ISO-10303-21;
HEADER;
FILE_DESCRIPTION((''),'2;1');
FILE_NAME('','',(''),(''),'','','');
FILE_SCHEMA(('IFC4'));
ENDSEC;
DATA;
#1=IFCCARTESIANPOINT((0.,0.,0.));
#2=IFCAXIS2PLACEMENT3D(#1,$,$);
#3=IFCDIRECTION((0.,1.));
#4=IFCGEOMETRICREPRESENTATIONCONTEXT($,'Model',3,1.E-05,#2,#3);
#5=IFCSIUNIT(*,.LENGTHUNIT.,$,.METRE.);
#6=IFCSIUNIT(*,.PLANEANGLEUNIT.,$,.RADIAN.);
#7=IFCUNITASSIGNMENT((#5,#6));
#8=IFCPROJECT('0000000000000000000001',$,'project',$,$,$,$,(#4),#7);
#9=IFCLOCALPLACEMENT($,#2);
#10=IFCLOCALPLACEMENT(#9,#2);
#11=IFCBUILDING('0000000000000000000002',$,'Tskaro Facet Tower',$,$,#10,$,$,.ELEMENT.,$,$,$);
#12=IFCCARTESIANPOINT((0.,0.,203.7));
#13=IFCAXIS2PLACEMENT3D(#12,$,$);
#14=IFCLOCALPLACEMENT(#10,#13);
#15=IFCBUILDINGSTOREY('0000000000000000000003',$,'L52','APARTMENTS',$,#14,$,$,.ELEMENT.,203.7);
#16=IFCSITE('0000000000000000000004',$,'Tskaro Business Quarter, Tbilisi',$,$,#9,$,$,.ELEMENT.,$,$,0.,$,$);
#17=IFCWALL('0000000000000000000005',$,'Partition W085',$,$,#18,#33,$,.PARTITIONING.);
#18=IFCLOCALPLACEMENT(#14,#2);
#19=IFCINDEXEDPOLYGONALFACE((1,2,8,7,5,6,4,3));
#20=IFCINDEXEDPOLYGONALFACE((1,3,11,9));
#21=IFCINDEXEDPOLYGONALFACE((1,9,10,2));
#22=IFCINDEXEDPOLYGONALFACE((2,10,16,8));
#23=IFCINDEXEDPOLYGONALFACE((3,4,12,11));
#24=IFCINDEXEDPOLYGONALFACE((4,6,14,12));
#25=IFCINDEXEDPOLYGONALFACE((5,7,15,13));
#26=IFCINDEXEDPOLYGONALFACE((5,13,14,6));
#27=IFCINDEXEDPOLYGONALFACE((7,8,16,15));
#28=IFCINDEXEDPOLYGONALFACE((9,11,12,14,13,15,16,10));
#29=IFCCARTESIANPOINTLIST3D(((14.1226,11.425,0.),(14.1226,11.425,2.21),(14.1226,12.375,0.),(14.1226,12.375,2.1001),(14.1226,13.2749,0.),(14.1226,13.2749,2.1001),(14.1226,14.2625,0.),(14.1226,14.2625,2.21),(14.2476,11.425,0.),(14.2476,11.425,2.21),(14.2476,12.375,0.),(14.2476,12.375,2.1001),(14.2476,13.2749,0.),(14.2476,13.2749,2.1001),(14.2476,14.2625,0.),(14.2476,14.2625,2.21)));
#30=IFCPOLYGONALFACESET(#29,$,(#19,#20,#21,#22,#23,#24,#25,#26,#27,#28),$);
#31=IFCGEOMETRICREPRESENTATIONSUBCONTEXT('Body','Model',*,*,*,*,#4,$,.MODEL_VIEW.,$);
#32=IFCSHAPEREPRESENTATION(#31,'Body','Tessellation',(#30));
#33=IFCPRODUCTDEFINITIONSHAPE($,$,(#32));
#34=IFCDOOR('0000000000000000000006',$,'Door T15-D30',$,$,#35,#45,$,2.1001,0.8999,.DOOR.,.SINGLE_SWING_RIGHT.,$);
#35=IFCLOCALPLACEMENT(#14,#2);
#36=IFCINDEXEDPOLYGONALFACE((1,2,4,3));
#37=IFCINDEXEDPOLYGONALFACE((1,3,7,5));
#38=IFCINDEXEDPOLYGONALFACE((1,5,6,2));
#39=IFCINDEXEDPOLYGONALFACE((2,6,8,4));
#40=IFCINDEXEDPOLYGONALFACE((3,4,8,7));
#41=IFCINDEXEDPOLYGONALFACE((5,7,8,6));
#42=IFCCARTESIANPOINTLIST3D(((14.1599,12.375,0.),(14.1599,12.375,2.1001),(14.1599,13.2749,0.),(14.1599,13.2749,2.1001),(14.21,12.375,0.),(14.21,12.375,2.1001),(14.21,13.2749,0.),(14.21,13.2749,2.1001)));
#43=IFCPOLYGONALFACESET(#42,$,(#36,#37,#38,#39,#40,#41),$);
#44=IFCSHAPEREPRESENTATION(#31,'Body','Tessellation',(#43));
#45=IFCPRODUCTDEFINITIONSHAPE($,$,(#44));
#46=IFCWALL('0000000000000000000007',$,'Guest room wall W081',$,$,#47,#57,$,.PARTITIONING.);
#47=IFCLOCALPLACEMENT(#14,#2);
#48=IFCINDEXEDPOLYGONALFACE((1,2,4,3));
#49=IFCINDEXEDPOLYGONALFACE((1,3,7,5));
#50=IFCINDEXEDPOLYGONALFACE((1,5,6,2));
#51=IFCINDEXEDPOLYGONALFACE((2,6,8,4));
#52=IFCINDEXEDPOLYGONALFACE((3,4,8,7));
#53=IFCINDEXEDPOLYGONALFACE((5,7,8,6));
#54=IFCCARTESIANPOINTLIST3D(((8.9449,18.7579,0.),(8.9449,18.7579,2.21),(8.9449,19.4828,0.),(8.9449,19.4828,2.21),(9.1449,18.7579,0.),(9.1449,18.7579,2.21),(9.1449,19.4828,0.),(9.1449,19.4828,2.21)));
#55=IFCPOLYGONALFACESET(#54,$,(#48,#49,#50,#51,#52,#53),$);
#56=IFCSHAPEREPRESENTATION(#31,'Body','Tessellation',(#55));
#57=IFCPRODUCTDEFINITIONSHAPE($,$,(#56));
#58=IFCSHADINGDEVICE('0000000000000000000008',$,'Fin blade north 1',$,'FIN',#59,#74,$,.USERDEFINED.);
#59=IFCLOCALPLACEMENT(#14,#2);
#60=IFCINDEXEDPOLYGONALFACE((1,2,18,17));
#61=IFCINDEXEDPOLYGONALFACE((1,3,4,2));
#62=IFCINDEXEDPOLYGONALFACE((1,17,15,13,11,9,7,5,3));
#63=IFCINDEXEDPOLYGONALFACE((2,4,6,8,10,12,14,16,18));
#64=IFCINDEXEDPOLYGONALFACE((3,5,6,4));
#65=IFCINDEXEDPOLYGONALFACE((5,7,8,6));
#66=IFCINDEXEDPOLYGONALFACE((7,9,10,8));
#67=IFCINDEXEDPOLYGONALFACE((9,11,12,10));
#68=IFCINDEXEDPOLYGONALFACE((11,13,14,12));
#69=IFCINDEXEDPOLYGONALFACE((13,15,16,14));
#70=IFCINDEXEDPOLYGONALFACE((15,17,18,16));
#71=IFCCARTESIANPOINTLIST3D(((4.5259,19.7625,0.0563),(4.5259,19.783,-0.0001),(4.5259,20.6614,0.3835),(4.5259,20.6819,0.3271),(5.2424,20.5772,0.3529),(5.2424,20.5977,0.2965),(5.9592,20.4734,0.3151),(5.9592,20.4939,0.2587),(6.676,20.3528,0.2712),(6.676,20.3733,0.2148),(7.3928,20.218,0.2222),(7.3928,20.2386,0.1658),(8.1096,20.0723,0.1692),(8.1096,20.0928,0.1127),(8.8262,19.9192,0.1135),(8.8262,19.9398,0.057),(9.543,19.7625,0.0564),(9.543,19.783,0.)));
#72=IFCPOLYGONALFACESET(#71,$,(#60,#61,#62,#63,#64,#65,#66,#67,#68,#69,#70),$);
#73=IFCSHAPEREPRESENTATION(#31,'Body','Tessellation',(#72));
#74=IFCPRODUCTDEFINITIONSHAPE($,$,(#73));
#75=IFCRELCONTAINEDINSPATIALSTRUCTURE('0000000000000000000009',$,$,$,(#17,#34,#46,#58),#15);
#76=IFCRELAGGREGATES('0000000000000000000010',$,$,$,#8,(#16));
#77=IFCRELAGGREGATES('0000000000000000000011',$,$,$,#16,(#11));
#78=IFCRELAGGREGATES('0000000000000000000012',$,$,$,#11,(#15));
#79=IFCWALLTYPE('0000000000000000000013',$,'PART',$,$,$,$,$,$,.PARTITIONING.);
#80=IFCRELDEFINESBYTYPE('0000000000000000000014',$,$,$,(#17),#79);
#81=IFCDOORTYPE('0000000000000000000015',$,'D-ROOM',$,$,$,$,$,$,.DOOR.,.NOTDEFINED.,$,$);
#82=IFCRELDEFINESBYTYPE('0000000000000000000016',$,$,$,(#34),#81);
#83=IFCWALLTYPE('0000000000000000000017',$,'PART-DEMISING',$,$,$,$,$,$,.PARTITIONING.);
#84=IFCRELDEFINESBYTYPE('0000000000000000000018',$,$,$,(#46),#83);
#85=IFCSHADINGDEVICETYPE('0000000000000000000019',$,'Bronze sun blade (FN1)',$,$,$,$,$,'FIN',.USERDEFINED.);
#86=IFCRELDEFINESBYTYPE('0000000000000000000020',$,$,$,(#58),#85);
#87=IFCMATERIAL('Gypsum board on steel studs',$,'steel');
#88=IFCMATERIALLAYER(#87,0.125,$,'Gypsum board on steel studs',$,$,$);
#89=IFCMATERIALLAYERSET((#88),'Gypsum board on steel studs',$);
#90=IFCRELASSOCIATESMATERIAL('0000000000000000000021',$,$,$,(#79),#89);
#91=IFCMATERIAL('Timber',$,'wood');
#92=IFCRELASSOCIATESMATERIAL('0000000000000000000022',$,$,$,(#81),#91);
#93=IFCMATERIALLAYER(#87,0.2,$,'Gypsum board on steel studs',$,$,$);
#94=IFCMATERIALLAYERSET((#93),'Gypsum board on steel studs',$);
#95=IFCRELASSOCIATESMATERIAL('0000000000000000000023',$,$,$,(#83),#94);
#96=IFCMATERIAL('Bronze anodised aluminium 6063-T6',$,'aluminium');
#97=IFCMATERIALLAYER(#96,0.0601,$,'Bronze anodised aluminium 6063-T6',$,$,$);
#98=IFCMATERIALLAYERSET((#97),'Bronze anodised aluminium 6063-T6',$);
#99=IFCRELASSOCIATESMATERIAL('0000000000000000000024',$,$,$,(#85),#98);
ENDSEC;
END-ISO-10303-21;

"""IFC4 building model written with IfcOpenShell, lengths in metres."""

from ifc_helpers import new_model, si_unit, direction, frame, frame_2d, origin, place, context, subcontext, project, spatial, polyline, rectangle, outline, extrude, material, layer, layer_set, type_object, element, fill, save


model = new_model("IFC4")

# Units and contexts
model_context = context("Model", 3, precision=1e-05, world=origin(), true_north=direction((0.0, 1.0)))
body_context = subcontext(model_context, "Body", "Model", "MODEL_VIEW")
ifc_project = project(units=[si_unit("LENGTHUNIT", "METRE"), si_unit("PLANEANGLEUNIT", "RADIAN")], contexts=[model_context])

# Site, building, storey
site_placement = place(None, origin())
site = spatial("IfcSite", under=ifc_project, at=site_placement, Name="Tskaro Business Quarter, Tbilisi", CompositionType="ELEMENT", RefElevation=0.0)
building_placement = place(site_placement, origin())
building = spatial("IfcBuilding", under=site, at=building_placement, Name="Tskaro Facet Tower", CompositionType="ELEMENT")
storey_placement = place(building_placement, frame((0.0, 0.0, 203.7)))
storey = spatial("IfcBuildingStorey", under=building, at=storey_placement, Name="L52", Description="APARTMENTS", CompositionType="ELEMENT", Elevation=203.7)

# Shared definitions
ifc_material_1 = material(Name="Bronze anodised aluminium 6063-T6", Category="aluminium")

# Shared definitions
ifc_material_2 = material(Name="Gypsum board on steel studs", Category="steel")
ifc_layer_1 = layer(ifc_material_2, 0.125, Name="Gypsum board on steel studs")
ifc_layer_set_1 = layer_set([ifc_layer_1], Name="Gypsum board on steel studs")
wall_type_1 = type_object("IfcWallType", Name="PART", PredefinedType="PARTITIONING", material=ifc_layer_set_1)

# Wall, opening, door
wall_1_placement = place(storey_placement, frame((14.1851, 14.2625, 0.0), z_axis=(0.0, 0.0, 1.0), x_axis=(0.0, -1.0, 0.0)))
wall_1 = element("IfcWall", 1, at=wall_1_placement, inside=storey, type_object=wall_type_1, Name="Partition W085", PredefinedType="PARTITIONING", context=body_context, shape_type="SweptSolid", body=[
    extrude(rectangle(XDim=2.8374, YDim=0.125, at=frame_2d((1.4187, 0.0))), origin(), (0.0, 0.0, 1.0), 2.21),
])
opening_placement = place(wall_1_placement, frame((0.9875, 0.0, 0.0)))
opening = element("IfcOpeningElement", 2, at=opening_placement, cuts=wall_1, PredefinedType="OPENING", context=body_context, shape_type="SweptSolid", body=[
    extrude(rectangle(XDim=0.8999, YDim=2.1001, at=frame_2d((0.45, 1.05))), frame((0.0, 0.0725, 0.0), z_axis=(0.0, -1.0, 0.0), x_axis=(1.0, 0.0, 0.0)), (0.0, 0.0, 1.0), 0.145),
])
ifc_material_3 = material(Name="Timber", Category="wood")
door_type = type_object("IfcDoorType", Name="D-ROOM", OperationType="NOTDEFINED", PredefinedType="DOOR", material=ifc_material_3)
door_placement = place(opening_placement, origin())
door = element("IfcDoor", 3, at=door_placement, inside=storey, type_object=door_type, Name="Door T15-D30", OperationType="SINGLE_SWING_RIGHT", OverallHeight=2.1001, OverallWidth=0.8999, PredefinedType="DOOR", context=body_context, shape_type="SweptSolid", body=[
    extrude(rectangle(XDim=0.8999, YDim=2.1001, at=frame_2d((0.45, 1.05))), frame((0.0, 0.0249, 0.0), z_axis=(0.0, -1.0, 0.0), x_axis=(1.0, 0.0, 0.0)), (0.0, 0.0, 1.0), 0.05),
])
fill(opening, door)

# Wall
ifc_layer_2 = layer(ifc_material_2, 0.2, Name="Gypsum board on steel studs")
ifc_layer_set_2 = layer_set([ifc_layer_2], Name="Gypsum board on steel studs")
wall_type_2 = type_object("IfcWallType", Name="PART-DEMISING", PredefinedType="PARTITIONING", material=ifc_layer_set_2)
wall_2_placement = place(storey_placement, frame((9.0449, 18.7581, 0.0), z_axis=(0.0, 0.0, 1.0), x_axis=(0.0, 1.0, 0.0)))
element("IfcWall", 4, at=wall_2_placement, inside=storey, type_object=wall_type_2, Name="Guest room wall W081", PredefinedType="PARTITIONING", context=body_context, shape_type="SweptSolid", body=[
    extrude(rectangle(XDim=0.7249, YDim=0.2, at=frame_2d((0.3623, 0.0))), origin(), (0.0, 0.0, 1.0), 2.21),
])

# Shading device
ifc_layer_3 = layer(ifc_material_1, 0.0601, Name="Bronze anodised aluminium 6063-T6")
ifc_layer_set_3 = layer_set([ifc_layer_3], Name="Bronze anodised aluminium 6063-T6")
shading_device_type = type_object("IfcShadingDeviceType", Name="Bronze sun blade (FN1)", ElementType="FIN", PredefinedType="USERDEFINED", material=ifc_layer_set_3)
shading_device_placement = place(storey_placement, frame((9.543, 19.7625, 0.0564), z_axis=(-0.000013, -0.34206, 0.939678), x_axis=(-1.0, 0.000005, -0.000013)))
element("IfcShadingDevice", 5, at=shading_device_placement, inside=storey, type_object=shading_device_type, Name="Fin blade north 1", ObjectType="FIN", PredefinedType="USERDEFINED", context=body_context, shape_type="SweptSolid", body=[
    extrude(outline(polyline([(0.0, 0.0), (5.0171, 0.0), (5.0171, -0.9566), (4.3005, -0.867), (3.5837, -0.7566), (2.8669, -0.6282), (2.1501, -0.4848), (1.4333, -0.3297), (0.7168, -0.1668), (0.0, 0.0)])), origin(), (0.0, 0.0, -1.0), 0.0601),
])

save(model, "model.ifc")
